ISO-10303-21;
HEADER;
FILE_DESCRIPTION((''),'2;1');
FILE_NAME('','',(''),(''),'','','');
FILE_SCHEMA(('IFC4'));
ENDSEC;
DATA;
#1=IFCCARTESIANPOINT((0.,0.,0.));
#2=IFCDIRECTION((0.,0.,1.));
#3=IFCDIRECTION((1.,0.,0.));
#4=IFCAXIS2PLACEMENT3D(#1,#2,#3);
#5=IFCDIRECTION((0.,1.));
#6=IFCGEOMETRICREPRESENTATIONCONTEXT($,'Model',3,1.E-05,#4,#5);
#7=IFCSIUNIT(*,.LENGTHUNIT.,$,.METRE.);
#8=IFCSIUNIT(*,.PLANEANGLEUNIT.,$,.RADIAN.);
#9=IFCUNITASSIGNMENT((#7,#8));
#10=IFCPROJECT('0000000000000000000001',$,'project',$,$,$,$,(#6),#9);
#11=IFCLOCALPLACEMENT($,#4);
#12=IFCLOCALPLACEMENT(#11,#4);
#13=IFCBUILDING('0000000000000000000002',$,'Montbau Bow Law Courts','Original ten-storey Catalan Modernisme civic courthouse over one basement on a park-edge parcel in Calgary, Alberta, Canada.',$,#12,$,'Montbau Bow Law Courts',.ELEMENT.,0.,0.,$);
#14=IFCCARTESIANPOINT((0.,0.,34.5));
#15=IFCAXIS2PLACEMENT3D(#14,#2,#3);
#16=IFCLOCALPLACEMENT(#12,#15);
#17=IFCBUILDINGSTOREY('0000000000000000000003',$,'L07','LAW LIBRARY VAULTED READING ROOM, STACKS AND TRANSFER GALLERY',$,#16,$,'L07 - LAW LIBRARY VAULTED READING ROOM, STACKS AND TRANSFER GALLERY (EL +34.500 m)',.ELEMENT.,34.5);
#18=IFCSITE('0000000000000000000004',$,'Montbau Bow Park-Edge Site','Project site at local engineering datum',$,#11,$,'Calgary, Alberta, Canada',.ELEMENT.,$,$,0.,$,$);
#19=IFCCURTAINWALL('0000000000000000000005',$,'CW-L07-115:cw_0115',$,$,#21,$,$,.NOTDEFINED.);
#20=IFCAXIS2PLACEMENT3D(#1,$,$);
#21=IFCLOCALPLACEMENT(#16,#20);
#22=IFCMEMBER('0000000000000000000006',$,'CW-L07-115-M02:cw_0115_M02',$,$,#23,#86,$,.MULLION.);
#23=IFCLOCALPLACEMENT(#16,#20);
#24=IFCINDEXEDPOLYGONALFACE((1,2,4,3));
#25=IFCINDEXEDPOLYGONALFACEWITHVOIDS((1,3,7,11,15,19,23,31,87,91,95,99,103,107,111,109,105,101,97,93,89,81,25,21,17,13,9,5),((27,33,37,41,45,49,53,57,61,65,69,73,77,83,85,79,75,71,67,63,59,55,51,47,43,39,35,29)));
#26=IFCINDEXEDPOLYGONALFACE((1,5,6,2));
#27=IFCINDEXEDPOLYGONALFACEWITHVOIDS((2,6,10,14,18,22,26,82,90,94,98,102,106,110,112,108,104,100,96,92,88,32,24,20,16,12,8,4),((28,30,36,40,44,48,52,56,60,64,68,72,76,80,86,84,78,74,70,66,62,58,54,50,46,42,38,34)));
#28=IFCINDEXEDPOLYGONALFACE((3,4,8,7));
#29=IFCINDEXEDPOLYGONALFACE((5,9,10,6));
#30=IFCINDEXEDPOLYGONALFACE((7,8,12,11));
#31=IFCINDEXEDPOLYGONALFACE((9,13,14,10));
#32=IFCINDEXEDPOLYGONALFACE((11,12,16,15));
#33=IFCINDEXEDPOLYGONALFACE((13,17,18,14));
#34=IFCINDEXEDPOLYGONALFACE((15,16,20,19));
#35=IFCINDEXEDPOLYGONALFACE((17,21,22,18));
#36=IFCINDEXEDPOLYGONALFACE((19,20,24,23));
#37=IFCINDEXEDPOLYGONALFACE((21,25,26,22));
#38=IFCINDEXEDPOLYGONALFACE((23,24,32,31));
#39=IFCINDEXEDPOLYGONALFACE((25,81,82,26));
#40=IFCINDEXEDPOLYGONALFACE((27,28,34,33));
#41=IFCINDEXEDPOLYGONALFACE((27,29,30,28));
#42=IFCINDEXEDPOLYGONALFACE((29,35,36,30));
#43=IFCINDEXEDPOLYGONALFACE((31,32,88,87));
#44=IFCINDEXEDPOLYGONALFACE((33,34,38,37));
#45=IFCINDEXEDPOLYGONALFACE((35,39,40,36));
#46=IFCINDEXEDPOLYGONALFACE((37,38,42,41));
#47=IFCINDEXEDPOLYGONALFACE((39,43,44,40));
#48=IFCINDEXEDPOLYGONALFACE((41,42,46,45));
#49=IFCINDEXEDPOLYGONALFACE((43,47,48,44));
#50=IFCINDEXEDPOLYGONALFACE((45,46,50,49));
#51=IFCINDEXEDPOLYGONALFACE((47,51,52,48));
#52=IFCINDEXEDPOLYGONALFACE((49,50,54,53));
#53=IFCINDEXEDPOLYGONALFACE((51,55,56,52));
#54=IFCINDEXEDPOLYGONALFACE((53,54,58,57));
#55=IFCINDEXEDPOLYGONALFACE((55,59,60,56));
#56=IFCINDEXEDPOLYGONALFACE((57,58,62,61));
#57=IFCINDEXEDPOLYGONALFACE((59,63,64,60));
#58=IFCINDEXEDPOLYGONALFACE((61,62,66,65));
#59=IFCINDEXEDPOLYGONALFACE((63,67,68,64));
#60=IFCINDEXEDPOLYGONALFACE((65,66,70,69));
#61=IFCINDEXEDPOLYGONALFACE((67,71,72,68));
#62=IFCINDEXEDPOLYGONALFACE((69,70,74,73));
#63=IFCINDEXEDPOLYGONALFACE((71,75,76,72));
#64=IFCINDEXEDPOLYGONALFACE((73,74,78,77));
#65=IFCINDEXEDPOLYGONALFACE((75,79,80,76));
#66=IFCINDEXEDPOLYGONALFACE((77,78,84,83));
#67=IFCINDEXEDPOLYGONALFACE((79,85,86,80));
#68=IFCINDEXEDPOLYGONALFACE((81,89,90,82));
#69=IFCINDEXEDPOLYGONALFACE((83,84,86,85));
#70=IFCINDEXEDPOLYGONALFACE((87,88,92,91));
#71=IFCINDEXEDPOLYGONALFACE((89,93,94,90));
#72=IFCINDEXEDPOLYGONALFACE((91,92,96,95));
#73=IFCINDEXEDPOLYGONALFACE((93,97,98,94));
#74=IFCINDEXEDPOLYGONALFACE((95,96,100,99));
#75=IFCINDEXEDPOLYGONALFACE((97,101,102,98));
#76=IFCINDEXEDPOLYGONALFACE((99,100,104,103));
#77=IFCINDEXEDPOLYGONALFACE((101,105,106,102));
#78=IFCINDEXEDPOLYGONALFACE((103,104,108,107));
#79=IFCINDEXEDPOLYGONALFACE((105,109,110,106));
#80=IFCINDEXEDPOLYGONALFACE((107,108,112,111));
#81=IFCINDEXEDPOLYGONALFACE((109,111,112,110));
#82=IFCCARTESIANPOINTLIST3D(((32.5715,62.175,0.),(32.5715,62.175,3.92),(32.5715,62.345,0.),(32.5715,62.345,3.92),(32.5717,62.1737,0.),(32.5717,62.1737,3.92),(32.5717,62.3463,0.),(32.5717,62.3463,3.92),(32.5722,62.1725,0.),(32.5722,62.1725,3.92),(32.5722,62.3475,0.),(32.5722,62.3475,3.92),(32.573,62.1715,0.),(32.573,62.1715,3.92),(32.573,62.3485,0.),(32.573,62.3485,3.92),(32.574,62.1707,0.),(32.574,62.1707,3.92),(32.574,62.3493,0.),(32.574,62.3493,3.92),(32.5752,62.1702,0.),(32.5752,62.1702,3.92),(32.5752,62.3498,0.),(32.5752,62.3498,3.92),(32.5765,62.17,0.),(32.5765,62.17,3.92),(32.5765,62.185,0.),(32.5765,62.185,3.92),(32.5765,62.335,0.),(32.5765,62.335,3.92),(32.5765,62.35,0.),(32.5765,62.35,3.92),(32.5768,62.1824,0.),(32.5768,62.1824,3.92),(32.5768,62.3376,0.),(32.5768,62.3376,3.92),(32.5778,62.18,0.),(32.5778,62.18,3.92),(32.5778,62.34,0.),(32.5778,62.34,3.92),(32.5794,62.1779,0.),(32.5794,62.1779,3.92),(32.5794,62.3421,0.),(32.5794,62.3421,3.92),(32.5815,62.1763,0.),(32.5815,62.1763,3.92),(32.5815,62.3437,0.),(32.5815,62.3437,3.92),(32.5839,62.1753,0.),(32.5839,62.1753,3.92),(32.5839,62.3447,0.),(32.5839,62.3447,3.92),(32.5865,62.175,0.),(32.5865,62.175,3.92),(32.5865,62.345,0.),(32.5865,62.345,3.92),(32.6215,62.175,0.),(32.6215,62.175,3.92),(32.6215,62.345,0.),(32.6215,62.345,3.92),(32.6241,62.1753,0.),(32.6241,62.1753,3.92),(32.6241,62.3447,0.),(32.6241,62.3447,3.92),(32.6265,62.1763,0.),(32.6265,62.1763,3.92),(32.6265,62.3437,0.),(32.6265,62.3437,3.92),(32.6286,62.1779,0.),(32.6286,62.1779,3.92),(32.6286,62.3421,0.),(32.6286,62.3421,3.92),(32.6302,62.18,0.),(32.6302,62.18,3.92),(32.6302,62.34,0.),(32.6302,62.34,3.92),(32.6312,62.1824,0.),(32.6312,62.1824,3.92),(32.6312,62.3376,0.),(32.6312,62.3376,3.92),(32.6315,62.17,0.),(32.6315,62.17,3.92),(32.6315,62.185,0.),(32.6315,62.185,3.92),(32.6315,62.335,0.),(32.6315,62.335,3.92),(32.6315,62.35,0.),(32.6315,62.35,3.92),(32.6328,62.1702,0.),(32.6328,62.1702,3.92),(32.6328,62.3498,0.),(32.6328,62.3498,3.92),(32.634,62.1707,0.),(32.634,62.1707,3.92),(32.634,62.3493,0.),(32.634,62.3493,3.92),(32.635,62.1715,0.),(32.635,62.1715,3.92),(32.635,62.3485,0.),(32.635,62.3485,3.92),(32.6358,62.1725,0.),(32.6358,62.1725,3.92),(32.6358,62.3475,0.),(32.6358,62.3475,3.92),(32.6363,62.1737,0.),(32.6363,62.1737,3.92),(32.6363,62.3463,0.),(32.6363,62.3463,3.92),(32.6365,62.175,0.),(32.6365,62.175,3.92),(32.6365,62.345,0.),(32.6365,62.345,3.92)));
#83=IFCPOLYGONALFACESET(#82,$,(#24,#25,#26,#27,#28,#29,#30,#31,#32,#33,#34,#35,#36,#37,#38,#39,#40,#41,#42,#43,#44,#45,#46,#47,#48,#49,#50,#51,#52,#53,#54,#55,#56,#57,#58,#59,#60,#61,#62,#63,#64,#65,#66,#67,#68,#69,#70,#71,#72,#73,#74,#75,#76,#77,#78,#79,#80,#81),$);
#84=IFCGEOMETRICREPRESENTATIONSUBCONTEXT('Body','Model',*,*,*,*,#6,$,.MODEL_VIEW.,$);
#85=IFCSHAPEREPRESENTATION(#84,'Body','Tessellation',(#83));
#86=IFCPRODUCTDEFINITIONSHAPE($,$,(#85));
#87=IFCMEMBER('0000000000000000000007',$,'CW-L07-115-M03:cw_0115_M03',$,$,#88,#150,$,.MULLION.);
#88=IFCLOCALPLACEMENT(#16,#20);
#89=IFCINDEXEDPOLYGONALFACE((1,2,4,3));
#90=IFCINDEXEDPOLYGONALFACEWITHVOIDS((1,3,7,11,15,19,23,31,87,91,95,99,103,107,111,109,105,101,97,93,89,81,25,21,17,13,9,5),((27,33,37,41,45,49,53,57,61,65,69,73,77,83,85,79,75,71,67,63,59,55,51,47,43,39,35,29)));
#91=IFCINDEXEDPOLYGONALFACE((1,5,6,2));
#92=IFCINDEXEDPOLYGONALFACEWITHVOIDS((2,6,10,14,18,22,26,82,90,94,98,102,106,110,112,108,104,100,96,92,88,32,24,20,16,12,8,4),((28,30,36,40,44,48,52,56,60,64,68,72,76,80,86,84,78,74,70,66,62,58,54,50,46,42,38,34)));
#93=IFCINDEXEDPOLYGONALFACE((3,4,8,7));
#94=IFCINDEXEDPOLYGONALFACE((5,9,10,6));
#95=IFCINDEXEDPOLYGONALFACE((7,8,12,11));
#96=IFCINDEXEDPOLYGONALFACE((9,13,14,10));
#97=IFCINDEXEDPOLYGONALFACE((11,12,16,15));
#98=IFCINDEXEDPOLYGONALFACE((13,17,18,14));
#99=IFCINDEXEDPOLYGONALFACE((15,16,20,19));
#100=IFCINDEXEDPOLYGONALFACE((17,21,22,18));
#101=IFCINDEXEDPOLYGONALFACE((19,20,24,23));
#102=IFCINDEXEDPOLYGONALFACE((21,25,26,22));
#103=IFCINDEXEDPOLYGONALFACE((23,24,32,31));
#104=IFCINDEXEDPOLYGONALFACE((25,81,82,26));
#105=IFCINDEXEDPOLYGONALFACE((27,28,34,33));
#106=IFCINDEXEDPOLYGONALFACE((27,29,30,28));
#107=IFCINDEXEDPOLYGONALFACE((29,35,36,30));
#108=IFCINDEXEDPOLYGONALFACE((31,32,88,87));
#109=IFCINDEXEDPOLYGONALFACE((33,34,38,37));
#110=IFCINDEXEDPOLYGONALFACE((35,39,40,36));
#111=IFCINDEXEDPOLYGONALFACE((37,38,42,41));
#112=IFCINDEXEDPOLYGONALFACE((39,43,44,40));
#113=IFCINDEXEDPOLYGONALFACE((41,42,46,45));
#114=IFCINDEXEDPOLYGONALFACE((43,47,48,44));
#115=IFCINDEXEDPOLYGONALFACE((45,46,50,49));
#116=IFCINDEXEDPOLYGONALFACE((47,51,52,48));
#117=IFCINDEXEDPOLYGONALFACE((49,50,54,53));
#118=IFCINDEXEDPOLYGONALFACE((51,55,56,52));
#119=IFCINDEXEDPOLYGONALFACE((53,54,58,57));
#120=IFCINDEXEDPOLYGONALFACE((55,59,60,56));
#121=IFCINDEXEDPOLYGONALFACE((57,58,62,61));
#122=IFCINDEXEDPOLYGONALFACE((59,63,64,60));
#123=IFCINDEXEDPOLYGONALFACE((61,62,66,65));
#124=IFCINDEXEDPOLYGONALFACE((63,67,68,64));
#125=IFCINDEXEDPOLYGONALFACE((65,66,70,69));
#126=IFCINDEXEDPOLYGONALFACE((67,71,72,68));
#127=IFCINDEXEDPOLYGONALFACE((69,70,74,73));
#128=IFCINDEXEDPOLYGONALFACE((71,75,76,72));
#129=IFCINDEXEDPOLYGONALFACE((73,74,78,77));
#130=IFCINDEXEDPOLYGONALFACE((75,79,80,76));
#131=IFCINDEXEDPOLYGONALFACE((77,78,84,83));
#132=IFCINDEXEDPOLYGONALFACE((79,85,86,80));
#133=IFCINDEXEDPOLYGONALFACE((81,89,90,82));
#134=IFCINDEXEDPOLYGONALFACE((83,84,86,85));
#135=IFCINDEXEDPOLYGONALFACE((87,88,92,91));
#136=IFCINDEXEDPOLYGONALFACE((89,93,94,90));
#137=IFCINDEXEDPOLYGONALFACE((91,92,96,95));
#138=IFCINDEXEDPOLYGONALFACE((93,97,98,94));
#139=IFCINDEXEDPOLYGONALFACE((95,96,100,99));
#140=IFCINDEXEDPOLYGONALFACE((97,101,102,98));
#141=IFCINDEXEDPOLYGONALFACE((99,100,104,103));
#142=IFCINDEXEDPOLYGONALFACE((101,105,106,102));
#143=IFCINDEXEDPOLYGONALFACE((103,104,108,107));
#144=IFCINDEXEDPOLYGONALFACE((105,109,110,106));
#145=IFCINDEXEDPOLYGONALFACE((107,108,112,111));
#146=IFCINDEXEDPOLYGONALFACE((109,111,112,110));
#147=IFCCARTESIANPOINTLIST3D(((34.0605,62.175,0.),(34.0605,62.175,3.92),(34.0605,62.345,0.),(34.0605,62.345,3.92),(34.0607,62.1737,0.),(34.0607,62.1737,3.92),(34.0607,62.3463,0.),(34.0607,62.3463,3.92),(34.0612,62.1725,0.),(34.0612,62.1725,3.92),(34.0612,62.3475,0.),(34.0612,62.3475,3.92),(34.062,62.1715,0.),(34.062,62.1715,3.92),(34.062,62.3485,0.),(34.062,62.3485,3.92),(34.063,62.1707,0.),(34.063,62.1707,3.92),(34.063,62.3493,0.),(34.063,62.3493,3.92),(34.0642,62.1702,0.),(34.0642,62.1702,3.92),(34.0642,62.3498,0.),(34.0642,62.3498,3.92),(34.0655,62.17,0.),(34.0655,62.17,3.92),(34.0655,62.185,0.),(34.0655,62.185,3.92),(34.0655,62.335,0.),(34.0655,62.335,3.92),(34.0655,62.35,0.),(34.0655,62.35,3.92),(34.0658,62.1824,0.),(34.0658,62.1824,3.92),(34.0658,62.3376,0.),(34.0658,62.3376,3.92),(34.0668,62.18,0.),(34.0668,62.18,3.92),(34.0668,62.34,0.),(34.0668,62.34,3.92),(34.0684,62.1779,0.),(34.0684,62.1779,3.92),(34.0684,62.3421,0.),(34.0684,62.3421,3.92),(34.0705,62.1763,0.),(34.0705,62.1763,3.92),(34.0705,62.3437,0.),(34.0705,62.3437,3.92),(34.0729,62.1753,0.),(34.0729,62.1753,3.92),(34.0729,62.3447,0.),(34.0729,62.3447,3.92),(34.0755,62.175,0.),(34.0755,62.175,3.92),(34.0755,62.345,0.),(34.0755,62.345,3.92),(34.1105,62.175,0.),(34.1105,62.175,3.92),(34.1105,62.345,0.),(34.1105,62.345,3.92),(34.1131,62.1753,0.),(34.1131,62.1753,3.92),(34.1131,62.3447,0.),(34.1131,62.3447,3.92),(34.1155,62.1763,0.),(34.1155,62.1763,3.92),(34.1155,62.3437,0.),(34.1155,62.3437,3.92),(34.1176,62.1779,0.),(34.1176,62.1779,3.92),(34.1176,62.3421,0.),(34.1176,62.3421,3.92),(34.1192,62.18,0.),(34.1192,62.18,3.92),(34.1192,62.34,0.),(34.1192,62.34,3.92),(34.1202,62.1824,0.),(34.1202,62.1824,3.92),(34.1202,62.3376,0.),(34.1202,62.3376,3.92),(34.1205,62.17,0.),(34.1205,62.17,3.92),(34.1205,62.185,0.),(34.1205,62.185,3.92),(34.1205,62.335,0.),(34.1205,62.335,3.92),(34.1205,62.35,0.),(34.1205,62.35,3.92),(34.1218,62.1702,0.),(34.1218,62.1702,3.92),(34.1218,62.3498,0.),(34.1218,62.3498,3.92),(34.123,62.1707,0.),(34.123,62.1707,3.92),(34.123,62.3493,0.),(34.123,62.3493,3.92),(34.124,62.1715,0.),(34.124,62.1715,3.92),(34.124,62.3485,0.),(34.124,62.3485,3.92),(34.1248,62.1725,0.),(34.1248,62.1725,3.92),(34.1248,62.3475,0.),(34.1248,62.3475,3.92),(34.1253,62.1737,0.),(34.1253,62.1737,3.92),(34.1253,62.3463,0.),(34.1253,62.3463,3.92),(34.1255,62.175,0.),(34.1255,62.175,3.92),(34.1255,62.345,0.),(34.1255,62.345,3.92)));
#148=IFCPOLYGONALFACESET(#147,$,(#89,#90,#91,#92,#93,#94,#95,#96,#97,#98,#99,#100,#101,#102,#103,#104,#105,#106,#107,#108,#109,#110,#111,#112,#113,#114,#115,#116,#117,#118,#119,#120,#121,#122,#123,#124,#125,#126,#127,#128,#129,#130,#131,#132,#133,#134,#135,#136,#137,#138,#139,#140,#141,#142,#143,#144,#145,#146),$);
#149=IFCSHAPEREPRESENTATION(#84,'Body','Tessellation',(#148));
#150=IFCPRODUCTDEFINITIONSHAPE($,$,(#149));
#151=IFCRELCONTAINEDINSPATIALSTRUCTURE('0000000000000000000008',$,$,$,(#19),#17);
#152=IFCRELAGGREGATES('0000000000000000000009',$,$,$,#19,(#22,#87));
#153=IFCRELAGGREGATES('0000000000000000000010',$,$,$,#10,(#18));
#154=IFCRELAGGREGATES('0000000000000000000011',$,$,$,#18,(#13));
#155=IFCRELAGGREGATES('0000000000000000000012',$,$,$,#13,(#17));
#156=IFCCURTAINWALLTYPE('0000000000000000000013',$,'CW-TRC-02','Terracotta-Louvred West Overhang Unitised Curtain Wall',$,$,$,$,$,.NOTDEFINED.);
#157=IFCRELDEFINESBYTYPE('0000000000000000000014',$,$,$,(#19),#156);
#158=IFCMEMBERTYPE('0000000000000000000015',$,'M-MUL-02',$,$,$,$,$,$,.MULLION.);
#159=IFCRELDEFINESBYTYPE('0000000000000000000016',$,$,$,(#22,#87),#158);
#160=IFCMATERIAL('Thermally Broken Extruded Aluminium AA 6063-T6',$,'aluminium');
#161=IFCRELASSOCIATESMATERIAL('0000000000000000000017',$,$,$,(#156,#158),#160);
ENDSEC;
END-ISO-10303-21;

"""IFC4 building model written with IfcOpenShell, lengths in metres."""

from ifc_helpers import new_model, si_unit, direction, frame, origin_with_axes, origin_2d_with_axis, place, context, subcontext, project, spatial, hollow_rectangle, extrude, material, material_profile, profile_set, type_object, element, aggregate, save


model = new_model("IFC4")

# Units and contexts
model_context = context("Model", 3, precision=1e-05, world=origin_with_axes(), true_north=direction((0.0, 1.0)))
body_context = subcontext(model_context, "Body", "Model", "MODEL_VIEW")
ifc_project = project(units=[si_unit("LENGTHUNIT", "METRE"), si_unit("PLANEANGLEUNIT", "RADIAN")], contexts=[model_context])

# Site, building, storey
site_placement = place(None, origin_with_axes())
site = spatial("IfcSite", under=ifc_project, at=site_placement, Name="Montbau Bow Park-Edge Site", Description="Project site at local engineering datum", LongName="Calgary, Alberta, Canada", CompositionType="ELEMENT", RefElevation=0.0)
building_placement = place(site_placement, origin_with_axes())
building = spatial("IfcBuilding", under=site, at=building_placement, Name="Montbau Bow Law Courts", Description="Original ten-storey Catalan Modernisme civic courthouse over one basement on a park-edge parcel in Calgary, Alberta, Canada.", LongName="Montbau Bow Law Courts", CompositionType="ELEMENT", ElevationOfRefHeight=0.0, ElevationOfTerrain=0.0)
storey_placement = place(building_placement, frame((0.0, 0.0, 34.5), z_axis=(0.0, 0.0, 1.0), x_axis=(1.0, 0.0, 0.0)))
storey = spatial("IfcBuildingStorey", under=building, at=storey_placement, Name="L07", Description="LAW LIBRARY VAULTED READING ROOM, STACKS AND TRANSFER GALLERY", LongName="L07 - LAW LIBRARY VAULTED READING ROOM, STACKS AND TRANSFER GALLERY (EL +34.500 m)", CompositionType="ELEMENT", Elevation=34.5)

# Curtain wall, members
ifc_material_1 = material(Name="Thermally Broken Extruded Aluminium AA 6063-T6", Category="aluminium")
curtain_wall_type = type_object("IfcCurtainWallType", Name="CW-TRC-02", Description="Terracotta-Louvred West Overhang Unitised Curtain Wall", PredefinedType="NOTDEFINED", material=ifc_material_1)
curtain_wall_placement = place(None, frame((31.115, 62.26, 34.5), z_axis=(0.0, 0.0, 1.0), x_axis=(1.0, 0.0, 0.0)))
curtain_wall = element("IfcCurtainWall", 1, at=curtain_wall_placement, inside=storey, type_object=curtain_wall_type, Name="CW-L07-115:cw_0115", PredefinedType="NOTDEFINED")
ifc_material_profile_1 = material_profile(ifc_material_1, hollow_rectangle(XDim=0.065, YDim=0.18, WallThickness=0.005, InnerFilletRadius=0.01, OuterFilletRadius=0.005, at=origin_2d_with_axis()), Name="CWM-180X65", Category="Main", Priority=0)
ifc_profile_set_1 = profile_set([ifc_material_profile_1], Name="Thermally Broken Extruded Aluminium AA 6063-T6")
member_type_1 = type_object("IfcMemberType", Name="M-MUL-02", PredefinedType="MULLION", material=ifc_profile_set_1)
member_1_placement = place(None, frame((32.604, 62.26, 34.5), z_axis=(0.0, 0.0, 1.0), x_axis=(1.0, 0.0, 0.0)))
member_1 = element("IfcMember", 2, at=member_1_placement, type_object=member_type_1, Name="CW-L07-115-M02:cw_0115_M02", PredefinedType="MULLION", context=body_context, shape_type="SweptSolid", body=[
    extrude(hollow_rectangle(XDim=0.065, YDim=0.18, WallThickness=0.005, InnerFilletRadius=0.01, OuterFilletRadius=0.005, at=origin_2d_with_axis()), origin_with_axes(), (0.0, 0.0, 1.0), 3.92),
])
member_2_placement = place(None, frame((34.093, 62.26, 34.5), z_axis=(0.0, 0.0, 1.0), x_axis=(1.0, 0.0, 0.0)))
member_2 = element("IfcMember", 3, at=member_2_placement, type_object=member_type_1, Name="CW-L07-115-M03:cw_0115_M03", PredefinedType="MULLION", context=body_context, shape_type="SweptSolid", body=[
    extrude(hollow_rectangle(XDim=0.065, YDim=0.18, WallThickness=0.005, InnerFilletRadius=0.01, OuterFilletRadius=0.005, at=origin_2d_with_axis()), origin_with_axes(), (0.0, 0.0, 1.0), 3.92),
])
aggregate(curtain_wall, [member_1, member_2])

save(model, "model.ifc")
